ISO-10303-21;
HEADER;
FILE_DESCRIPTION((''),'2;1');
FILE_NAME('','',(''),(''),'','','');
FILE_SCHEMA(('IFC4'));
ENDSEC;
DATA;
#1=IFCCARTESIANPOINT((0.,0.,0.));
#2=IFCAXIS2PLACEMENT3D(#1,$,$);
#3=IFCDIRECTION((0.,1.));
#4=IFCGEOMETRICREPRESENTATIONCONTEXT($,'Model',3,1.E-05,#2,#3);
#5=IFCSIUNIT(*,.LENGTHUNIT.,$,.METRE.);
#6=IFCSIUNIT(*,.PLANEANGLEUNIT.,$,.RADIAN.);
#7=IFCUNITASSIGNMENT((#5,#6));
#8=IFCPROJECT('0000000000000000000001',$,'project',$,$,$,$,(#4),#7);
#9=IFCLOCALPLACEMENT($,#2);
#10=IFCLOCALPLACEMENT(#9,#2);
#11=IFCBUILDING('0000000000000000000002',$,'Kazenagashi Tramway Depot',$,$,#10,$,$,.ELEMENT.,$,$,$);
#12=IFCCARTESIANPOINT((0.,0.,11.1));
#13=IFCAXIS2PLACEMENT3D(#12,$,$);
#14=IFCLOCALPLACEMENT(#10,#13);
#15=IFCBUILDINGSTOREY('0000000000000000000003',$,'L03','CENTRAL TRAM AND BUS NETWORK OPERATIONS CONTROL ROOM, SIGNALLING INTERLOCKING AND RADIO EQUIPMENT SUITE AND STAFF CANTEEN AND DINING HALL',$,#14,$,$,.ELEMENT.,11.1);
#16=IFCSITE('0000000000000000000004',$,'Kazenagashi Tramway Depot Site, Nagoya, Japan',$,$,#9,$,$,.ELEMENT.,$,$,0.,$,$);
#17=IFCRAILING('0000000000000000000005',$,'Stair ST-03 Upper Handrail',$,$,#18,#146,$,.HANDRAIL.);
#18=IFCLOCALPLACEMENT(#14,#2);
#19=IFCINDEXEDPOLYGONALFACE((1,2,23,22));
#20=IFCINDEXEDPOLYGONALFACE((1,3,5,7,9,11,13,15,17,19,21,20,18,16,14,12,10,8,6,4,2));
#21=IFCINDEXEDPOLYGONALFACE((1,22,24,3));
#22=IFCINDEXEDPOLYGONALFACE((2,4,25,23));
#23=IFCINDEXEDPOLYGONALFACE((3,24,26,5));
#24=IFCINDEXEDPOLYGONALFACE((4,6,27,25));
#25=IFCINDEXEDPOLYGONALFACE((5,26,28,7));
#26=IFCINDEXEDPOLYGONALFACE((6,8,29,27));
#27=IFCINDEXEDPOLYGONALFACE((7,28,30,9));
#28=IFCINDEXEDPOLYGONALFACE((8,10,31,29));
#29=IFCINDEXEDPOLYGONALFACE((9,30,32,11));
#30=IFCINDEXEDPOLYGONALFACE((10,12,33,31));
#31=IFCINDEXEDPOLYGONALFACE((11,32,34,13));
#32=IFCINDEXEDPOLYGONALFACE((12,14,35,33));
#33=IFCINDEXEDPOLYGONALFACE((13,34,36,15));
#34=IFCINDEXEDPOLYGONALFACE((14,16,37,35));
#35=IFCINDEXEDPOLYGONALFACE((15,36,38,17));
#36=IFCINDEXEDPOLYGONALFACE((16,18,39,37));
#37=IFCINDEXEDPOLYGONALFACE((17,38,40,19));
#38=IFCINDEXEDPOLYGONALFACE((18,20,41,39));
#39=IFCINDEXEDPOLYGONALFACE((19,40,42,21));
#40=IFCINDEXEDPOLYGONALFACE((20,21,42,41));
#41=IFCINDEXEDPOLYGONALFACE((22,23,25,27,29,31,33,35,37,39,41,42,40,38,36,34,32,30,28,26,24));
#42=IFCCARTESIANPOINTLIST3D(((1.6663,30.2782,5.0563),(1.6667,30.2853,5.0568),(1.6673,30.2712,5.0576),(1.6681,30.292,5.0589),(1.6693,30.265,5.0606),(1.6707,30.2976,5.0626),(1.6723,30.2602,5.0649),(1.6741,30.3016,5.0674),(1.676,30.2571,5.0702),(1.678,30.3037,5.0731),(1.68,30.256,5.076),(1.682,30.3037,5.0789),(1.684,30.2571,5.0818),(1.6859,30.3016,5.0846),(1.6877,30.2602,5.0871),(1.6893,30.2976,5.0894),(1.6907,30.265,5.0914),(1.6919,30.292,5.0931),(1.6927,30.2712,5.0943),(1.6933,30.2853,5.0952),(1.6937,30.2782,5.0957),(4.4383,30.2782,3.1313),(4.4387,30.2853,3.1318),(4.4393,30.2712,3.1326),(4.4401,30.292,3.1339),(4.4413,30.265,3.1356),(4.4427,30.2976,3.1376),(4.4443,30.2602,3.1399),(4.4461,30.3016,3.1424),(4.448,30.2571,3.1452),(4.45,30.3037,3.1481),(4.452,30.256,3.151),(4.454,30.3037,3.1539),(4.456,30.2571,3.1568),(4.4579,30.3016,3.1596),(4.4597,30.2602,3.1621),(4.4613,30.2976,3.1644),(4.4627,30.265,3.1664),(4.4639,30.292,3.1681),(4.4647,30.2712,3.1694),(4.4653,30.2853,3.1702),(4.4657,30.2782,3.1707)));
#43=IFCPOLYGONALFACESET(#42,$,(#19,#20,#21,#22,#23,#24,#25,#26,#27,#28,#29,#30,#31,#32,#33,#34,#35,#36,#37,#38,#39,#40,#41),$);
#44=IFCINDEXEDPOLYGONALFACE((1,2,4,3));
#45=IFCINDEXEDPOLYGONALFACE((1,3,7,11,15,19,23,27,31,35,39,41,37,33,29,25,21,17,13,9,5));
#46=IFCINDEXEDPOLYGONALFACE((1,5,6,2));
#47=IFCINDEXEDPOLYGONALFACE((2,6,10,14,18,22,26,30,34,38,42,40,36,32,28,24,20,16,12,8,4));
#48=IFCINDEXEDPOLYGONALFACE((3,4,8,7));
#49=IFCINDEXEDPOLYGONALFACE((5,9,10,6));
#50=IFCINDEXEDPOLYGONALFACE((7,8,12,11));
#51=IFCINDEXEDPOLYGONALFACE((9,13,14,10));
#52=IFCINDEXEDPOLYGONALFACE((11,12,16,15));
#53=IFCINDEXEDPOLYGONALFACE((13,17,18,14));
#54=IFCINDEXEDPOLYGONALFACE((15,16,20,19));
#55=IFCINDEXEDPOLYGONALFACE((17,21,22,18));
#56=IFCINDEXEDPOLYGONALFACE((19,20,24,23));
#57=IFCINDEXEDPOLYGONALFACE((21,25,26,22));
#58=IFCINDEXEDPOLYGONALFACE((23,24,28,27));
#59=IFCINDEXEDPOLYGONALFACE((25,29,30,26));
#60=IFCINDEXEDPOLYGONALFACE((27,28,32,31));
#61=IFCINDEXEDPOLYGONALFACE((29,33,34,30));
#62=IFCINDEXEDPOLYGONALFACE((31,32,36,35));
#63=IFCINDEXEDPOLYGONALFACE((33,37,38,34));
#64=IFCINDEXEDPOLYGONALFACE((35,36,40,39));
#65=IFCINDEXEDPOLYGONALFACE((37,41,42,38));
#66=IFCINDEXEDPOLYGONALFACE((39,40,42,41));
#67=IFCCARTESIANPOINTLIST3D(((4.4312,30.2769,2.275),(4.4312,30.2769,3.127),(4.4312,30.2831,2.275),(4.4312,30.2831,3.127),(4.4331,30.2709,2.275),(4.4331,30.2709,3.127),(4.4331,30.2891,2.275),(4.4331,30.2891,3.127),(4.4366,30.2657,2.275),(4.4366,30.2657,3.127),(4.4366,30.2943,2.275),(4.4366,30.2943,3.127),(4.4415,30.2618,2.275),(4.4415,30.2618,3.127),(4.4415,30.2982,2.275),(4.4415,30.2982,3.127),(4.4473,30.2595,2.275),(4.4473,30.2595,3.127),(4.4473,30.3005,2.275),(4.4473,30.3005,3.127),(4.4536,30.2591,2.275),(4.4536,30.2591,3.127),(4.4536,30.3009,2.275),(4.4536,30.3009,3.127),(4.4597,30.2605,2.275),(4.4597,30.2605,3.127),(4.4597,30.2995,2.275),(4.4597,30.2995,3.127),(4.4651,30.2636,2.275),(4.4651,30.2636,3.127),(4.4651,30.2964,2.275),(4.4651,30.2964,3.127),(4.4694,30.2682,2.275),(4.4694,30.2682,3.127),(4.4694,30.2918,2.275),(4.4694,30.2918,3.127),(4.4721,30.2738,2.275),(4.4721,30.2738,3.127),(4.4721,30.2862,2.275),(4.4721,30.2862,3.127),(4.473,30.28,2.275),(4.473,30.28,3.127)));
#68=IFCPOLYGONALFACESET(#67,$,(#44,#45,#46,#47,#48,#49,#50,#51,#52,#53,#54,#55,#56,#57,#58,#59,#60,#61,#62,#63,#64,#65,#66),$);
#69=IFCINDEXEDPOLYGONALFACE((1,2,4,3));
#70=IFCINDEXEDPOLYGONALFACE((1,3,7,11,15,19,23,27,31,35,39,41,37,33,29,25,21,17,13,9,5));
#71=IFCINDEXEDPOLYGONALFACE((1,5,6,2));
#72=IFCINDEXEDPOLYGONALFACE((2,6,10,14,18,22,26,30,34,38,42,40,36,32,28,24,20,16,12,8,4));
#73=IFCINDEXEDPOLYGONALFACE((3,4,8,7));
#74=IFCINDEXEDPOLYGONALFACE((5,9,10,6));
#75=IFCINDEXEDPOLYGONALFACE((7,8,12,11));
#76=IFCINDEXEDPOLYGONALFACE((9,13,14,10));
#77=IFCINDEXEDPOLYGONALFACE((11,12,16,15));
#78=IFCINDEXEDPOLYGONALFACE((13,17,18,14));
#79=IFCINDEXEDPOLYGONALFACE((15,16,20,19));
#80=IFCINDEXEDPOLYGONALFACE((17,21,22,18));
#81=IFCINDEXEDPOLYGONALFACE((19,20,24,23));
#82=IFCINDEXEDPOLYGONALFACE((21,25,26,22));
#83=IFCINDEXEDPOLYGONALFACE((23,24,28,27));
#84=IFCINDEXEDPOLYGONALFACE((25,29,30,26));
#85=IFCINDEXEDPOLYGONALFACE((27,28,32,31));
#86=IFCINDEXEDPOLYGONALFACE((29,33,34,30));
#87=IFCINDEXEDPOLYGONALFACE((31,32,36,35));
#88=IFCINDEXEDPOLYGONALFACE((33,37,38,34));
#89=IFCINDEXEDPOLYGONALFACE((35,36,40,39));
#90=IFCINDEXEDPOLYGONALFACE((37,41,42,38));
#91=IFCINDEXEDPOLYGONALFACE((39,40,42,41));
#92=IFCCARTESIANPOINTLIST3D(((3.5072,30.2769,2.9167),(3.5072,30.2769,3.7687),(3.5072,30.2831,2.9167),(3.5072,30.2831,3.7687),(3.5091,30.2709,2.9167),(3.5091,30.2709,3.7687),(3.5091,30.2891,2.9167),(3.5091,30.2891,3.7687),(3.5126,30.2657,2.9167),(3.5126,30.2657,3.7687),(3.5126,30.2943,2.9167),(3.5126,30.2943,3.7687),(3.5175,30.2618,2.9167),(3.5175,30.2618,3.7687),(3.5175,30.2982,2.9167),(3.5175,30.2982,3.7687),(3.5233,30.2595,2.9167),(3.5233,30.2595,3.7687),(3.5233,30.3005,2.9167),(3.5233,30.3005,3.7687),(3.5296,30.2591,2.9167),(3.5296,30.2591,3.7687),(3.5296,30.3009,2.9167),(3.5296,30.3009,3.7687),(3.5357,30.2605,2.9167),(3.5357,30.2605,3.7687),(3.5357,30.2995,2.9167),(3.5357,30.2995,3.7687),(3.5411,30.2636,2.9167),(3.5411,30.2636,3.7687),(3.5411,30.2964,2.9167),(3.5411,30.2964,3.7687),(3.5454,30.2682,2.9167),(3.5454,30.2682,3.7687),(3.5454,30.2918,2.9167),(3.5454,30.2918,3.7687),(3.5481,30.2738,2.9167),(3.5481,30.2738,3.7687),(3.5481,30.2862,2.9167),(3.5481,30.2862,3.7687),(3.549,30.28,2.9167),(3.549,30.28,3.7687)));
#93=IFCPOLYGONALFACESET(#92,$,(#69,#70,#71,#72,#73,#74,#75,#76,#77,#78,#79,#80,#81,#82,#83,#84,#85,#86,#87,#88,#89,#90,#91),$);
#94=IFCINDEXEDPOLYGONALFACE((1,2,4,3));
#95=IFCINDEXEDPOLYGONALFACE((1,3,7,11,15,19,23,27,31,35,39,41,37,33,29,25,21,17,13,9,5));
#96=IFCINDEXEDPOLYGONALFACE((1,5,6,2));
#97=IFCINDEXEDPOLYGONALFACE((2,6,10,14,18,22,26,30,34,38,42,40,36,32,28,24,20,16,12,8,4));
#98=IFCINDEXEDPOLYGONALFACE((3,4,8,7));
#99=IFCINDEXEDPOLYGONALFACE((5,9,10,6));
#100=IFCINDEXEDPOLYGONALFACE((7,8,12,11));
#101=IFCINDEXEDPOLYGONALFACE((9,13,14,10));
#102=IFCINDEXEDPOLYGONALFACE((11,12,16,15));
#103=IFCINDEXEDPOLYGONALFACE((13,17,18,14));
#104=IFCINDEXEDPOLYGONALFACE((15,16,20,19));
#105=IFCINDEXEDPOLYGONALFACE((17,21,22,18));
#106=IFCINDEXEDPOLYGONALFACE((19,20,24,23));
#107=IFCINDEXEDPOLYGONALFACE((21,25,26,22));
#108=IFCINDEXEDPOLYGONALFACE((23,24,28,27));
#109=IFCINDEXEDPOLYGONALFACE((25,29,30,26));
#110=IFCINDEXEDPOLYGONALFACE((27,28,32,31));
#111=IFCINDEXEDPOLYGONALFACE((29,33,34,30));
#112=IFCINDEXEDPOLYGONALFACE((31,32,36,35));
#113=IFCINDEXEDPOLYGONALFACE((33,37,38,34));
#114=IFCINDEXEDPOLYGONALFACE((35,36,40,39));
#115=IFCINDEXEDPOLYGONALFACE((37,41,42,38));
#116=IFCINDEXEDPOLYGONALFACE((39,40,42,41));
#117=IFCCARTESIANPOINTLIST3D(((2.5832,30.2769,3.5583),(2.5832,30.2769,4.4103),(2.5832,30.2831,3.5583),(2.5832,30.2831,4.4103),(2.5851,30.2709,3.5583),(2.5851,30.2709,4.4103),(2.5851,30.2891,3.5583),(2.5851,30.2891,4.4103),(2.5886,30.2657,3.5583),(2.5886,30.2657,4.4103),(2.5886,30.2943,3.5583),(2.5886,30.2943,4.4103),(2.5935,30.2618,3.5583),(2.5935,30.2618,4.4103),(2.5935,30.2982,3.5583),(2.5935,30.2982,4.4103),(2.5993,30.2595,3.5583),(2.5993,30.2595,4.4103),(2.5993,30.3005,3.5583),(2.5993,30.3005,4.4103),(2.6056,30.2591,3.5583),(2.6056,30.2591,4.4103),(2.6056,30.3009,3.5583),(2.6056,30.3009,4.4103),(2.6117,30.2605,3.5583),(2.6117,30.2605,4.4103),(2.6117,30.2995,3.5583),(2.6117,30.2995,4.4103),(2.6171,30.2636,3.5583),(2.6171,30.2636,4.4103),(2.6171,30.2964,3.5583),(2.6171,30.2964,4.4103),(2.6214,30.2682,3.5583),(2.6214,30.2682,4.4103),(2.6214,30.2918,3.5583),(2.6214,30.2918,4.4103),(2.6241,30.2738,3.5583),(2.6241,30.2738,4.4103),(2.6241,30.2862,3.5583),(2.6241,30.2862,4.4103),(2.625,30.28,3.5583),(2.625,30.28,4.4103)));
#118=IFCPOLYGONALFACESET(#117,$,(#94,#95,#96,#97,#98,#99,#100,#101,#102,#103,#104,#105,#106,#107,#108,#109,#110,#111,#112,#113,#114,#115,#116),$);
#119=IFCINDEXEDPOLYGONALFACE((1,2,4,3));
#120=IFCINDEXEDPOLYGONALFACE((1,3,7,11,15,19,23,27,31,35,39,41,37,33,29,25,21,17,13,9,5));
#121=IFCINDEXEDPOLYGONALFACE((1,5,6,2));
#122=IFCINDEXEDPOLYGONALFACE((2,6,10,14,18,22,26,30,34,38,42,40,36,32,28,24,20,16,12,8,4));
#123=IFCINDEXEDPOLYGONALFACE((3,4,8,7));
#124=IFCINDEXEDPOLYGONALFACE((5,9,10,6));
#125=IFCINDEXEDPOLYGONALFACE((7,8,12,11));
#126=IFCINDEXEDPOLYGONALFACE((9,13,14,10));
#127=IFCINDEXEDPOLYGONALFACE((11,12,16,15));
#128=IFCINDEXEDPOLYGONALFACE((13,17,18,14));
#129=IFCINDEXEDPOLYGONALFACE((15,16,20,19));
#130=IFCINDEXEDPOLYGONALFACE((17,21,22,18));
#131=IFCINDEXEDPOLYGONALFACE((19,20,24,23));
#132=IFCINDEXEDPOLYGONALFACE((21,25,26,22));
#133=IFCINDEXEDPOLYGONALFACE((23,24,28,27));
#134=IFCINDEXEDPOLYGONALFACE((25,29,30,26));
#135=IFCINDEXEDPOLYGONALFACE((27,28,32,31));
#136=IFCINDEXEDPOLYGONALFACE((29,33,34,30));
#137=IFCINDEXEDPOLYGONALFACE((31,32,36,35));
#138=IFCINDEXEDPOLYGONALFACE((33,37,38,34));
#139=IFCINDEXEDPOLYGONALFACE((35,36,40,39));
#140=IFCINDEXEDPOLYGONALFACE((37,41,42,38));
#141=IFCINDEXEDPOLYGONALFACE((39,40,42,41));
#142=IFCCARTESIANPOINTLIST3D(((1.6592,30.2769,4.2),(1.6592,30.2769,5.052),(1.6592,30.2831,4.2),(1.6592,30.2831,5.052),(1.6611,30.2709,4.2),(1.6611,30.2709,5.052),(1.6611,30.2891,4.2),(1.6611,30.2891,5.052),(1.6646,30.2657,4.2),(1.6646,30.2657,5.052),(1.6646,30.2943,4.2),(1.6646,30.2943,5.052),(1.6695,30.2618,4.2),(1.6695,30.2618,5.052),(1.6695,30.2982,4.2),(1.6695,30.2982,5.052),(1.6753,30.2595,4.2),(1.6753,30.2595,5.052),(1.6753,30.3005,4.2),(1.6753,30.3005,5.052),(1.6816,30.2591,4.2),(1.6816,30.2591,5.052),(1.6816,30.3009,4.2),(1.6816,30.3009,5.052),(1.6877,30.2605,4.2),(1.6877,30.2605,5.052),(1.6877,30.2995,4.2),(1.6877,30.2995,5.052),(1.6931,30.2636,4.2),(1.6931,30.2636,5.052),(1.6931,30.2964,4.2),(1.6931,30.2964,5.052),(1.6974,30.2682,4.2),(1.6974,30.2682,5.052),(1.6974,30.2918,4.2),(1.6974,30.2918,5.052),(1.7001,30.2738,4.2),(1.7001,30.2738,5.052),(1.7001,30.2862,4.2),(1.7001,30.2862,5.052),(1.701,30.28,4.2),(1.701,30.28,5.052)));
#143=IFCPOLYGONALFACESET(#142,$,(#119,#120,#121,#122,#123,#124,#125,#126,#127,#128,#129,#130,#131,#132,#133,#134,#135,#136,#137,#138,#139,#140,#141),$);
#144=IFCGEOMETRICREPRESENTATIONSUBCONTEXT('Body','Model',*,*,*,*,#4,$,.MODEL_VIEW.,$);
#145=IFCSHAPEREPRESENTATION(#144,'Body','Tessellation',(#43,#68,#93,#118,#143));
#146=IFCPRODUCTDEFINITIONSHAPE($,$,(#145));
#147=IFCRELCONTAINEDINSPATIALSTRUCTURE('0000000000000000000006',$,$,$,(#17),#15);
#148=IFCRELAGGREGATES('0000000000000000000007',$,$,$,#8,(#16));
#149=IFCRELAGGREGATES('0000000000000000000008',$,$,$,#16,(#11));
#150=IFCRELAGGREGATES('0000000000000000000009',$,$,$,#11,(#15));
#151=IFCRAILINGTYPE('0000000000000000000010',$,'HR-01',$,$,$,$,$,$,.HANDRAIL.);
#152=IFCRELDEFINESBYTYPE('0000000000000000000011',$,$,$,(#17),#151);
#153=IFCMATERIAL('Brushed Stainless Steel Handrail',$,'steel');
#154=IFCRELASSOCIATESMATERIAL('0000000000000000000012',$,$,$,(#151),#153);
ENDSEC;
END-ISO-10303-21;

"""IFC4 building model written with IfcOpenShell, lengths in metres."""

from ifc_helpers import new_model, si_unit, direction, frame, origin, origin_2d, place, context, subcontext, project, spatial, circle, extrude, material, type_object, element, save


model = new_model("IFC4")

# Units and contexts
model_context = context("Model", 3, precision=1e-05, world=origin(), true_north=direction((0.0, 1.0)))
body_context = subcontext(model_context, "Body", "Model", "MODEL_VIEW")
ifc_project = project(units=[si_unit("LENGTHUNIT", "METRE"), si_unit("PLANEANGLEUNIT", "RADIAN")], contexts=[model_context])

# Site, building, storey
site_placement = place(None, origin())
site = spatial("IfcSite", under=ifc_project, at=site_placement, Name="Kazenagashi Tramway Depot Site, Nagoya, Japan", CompositionType="ELEMENT", RefElevation=0.0)
building_placement = place(site_placement, origin())
building = spatial("IfcBuilding", under=site, at=building_placement, Name="Kazenagashi Tramway Depot", CompositionType="ELEMENT")
storey_placement = place(building_placement, frame((0.0, 0.0, 11.1)))
storey = spatial("IfcBuildingStorey", under=building, at=storey_placement, Name="L03", Description="CENTRAL TRAM AND BUS NETWORK OPERATIONS CONTROL ROOM, SIGNALLING INTERLOCKING AND RADIO EQUIPMENT SUITE AND STAFF CANTEEN AND DINING HALL", CompositionType="ELEMENT", Elevation=11.1)

# Railing
ifc_material_1 = material(Name="Brushed Stainless Steel Handrail", Category="steel")
railing_type_1 = type_object("IfcRailingType", Name="HR-01", PredefinedType="HANDRAIL", material=ifc_material_1)
railing_1_placement = place(storey_placement, frame((4.452, 30.28, 2.275)))
element("IfcRailing", 1, at=railing_1_placement, inside=storey, type_object=railing_type_1, Name="Stair ST-03 Upper Handrail", PredefinedType="HANDRAIL", context=body_context, shape_type="SweptSolid", body=[
    extrude(circle(Radius=0.024, at=origin_2d()), frame((0.0, 0.0, 0.876), z_axis=(-0.82137, 0.0, 0.570396), x_axis=(0.0, -1.0, 0.0)), (0.0, 0.0, 1.0), 3.3748),
    extrude(circle(Radius=0.021, at=origin_2d()), origin(), (0.0, 0.0, 1.0), 0.852),
    extrude(circle(Radius=0.021, at=origin_2d()), frame((-0.924, 0.0, 0.6417)), (0.0, 0.0, 1.0), 0.852),
    extrude(circle(Radius=0.021, at=origin_2d()), frame((-1.848, 0.0, 1.2833)), (0.0, 0.0, 1.0), 0.852),
    extrude(circle(Radius=0.021, at=origin_2d()), frame((-2.772, 0.0, 1.925)), (0.0, 0.0, 1.0), 0.852),
])

save(model, "model.ifc")
